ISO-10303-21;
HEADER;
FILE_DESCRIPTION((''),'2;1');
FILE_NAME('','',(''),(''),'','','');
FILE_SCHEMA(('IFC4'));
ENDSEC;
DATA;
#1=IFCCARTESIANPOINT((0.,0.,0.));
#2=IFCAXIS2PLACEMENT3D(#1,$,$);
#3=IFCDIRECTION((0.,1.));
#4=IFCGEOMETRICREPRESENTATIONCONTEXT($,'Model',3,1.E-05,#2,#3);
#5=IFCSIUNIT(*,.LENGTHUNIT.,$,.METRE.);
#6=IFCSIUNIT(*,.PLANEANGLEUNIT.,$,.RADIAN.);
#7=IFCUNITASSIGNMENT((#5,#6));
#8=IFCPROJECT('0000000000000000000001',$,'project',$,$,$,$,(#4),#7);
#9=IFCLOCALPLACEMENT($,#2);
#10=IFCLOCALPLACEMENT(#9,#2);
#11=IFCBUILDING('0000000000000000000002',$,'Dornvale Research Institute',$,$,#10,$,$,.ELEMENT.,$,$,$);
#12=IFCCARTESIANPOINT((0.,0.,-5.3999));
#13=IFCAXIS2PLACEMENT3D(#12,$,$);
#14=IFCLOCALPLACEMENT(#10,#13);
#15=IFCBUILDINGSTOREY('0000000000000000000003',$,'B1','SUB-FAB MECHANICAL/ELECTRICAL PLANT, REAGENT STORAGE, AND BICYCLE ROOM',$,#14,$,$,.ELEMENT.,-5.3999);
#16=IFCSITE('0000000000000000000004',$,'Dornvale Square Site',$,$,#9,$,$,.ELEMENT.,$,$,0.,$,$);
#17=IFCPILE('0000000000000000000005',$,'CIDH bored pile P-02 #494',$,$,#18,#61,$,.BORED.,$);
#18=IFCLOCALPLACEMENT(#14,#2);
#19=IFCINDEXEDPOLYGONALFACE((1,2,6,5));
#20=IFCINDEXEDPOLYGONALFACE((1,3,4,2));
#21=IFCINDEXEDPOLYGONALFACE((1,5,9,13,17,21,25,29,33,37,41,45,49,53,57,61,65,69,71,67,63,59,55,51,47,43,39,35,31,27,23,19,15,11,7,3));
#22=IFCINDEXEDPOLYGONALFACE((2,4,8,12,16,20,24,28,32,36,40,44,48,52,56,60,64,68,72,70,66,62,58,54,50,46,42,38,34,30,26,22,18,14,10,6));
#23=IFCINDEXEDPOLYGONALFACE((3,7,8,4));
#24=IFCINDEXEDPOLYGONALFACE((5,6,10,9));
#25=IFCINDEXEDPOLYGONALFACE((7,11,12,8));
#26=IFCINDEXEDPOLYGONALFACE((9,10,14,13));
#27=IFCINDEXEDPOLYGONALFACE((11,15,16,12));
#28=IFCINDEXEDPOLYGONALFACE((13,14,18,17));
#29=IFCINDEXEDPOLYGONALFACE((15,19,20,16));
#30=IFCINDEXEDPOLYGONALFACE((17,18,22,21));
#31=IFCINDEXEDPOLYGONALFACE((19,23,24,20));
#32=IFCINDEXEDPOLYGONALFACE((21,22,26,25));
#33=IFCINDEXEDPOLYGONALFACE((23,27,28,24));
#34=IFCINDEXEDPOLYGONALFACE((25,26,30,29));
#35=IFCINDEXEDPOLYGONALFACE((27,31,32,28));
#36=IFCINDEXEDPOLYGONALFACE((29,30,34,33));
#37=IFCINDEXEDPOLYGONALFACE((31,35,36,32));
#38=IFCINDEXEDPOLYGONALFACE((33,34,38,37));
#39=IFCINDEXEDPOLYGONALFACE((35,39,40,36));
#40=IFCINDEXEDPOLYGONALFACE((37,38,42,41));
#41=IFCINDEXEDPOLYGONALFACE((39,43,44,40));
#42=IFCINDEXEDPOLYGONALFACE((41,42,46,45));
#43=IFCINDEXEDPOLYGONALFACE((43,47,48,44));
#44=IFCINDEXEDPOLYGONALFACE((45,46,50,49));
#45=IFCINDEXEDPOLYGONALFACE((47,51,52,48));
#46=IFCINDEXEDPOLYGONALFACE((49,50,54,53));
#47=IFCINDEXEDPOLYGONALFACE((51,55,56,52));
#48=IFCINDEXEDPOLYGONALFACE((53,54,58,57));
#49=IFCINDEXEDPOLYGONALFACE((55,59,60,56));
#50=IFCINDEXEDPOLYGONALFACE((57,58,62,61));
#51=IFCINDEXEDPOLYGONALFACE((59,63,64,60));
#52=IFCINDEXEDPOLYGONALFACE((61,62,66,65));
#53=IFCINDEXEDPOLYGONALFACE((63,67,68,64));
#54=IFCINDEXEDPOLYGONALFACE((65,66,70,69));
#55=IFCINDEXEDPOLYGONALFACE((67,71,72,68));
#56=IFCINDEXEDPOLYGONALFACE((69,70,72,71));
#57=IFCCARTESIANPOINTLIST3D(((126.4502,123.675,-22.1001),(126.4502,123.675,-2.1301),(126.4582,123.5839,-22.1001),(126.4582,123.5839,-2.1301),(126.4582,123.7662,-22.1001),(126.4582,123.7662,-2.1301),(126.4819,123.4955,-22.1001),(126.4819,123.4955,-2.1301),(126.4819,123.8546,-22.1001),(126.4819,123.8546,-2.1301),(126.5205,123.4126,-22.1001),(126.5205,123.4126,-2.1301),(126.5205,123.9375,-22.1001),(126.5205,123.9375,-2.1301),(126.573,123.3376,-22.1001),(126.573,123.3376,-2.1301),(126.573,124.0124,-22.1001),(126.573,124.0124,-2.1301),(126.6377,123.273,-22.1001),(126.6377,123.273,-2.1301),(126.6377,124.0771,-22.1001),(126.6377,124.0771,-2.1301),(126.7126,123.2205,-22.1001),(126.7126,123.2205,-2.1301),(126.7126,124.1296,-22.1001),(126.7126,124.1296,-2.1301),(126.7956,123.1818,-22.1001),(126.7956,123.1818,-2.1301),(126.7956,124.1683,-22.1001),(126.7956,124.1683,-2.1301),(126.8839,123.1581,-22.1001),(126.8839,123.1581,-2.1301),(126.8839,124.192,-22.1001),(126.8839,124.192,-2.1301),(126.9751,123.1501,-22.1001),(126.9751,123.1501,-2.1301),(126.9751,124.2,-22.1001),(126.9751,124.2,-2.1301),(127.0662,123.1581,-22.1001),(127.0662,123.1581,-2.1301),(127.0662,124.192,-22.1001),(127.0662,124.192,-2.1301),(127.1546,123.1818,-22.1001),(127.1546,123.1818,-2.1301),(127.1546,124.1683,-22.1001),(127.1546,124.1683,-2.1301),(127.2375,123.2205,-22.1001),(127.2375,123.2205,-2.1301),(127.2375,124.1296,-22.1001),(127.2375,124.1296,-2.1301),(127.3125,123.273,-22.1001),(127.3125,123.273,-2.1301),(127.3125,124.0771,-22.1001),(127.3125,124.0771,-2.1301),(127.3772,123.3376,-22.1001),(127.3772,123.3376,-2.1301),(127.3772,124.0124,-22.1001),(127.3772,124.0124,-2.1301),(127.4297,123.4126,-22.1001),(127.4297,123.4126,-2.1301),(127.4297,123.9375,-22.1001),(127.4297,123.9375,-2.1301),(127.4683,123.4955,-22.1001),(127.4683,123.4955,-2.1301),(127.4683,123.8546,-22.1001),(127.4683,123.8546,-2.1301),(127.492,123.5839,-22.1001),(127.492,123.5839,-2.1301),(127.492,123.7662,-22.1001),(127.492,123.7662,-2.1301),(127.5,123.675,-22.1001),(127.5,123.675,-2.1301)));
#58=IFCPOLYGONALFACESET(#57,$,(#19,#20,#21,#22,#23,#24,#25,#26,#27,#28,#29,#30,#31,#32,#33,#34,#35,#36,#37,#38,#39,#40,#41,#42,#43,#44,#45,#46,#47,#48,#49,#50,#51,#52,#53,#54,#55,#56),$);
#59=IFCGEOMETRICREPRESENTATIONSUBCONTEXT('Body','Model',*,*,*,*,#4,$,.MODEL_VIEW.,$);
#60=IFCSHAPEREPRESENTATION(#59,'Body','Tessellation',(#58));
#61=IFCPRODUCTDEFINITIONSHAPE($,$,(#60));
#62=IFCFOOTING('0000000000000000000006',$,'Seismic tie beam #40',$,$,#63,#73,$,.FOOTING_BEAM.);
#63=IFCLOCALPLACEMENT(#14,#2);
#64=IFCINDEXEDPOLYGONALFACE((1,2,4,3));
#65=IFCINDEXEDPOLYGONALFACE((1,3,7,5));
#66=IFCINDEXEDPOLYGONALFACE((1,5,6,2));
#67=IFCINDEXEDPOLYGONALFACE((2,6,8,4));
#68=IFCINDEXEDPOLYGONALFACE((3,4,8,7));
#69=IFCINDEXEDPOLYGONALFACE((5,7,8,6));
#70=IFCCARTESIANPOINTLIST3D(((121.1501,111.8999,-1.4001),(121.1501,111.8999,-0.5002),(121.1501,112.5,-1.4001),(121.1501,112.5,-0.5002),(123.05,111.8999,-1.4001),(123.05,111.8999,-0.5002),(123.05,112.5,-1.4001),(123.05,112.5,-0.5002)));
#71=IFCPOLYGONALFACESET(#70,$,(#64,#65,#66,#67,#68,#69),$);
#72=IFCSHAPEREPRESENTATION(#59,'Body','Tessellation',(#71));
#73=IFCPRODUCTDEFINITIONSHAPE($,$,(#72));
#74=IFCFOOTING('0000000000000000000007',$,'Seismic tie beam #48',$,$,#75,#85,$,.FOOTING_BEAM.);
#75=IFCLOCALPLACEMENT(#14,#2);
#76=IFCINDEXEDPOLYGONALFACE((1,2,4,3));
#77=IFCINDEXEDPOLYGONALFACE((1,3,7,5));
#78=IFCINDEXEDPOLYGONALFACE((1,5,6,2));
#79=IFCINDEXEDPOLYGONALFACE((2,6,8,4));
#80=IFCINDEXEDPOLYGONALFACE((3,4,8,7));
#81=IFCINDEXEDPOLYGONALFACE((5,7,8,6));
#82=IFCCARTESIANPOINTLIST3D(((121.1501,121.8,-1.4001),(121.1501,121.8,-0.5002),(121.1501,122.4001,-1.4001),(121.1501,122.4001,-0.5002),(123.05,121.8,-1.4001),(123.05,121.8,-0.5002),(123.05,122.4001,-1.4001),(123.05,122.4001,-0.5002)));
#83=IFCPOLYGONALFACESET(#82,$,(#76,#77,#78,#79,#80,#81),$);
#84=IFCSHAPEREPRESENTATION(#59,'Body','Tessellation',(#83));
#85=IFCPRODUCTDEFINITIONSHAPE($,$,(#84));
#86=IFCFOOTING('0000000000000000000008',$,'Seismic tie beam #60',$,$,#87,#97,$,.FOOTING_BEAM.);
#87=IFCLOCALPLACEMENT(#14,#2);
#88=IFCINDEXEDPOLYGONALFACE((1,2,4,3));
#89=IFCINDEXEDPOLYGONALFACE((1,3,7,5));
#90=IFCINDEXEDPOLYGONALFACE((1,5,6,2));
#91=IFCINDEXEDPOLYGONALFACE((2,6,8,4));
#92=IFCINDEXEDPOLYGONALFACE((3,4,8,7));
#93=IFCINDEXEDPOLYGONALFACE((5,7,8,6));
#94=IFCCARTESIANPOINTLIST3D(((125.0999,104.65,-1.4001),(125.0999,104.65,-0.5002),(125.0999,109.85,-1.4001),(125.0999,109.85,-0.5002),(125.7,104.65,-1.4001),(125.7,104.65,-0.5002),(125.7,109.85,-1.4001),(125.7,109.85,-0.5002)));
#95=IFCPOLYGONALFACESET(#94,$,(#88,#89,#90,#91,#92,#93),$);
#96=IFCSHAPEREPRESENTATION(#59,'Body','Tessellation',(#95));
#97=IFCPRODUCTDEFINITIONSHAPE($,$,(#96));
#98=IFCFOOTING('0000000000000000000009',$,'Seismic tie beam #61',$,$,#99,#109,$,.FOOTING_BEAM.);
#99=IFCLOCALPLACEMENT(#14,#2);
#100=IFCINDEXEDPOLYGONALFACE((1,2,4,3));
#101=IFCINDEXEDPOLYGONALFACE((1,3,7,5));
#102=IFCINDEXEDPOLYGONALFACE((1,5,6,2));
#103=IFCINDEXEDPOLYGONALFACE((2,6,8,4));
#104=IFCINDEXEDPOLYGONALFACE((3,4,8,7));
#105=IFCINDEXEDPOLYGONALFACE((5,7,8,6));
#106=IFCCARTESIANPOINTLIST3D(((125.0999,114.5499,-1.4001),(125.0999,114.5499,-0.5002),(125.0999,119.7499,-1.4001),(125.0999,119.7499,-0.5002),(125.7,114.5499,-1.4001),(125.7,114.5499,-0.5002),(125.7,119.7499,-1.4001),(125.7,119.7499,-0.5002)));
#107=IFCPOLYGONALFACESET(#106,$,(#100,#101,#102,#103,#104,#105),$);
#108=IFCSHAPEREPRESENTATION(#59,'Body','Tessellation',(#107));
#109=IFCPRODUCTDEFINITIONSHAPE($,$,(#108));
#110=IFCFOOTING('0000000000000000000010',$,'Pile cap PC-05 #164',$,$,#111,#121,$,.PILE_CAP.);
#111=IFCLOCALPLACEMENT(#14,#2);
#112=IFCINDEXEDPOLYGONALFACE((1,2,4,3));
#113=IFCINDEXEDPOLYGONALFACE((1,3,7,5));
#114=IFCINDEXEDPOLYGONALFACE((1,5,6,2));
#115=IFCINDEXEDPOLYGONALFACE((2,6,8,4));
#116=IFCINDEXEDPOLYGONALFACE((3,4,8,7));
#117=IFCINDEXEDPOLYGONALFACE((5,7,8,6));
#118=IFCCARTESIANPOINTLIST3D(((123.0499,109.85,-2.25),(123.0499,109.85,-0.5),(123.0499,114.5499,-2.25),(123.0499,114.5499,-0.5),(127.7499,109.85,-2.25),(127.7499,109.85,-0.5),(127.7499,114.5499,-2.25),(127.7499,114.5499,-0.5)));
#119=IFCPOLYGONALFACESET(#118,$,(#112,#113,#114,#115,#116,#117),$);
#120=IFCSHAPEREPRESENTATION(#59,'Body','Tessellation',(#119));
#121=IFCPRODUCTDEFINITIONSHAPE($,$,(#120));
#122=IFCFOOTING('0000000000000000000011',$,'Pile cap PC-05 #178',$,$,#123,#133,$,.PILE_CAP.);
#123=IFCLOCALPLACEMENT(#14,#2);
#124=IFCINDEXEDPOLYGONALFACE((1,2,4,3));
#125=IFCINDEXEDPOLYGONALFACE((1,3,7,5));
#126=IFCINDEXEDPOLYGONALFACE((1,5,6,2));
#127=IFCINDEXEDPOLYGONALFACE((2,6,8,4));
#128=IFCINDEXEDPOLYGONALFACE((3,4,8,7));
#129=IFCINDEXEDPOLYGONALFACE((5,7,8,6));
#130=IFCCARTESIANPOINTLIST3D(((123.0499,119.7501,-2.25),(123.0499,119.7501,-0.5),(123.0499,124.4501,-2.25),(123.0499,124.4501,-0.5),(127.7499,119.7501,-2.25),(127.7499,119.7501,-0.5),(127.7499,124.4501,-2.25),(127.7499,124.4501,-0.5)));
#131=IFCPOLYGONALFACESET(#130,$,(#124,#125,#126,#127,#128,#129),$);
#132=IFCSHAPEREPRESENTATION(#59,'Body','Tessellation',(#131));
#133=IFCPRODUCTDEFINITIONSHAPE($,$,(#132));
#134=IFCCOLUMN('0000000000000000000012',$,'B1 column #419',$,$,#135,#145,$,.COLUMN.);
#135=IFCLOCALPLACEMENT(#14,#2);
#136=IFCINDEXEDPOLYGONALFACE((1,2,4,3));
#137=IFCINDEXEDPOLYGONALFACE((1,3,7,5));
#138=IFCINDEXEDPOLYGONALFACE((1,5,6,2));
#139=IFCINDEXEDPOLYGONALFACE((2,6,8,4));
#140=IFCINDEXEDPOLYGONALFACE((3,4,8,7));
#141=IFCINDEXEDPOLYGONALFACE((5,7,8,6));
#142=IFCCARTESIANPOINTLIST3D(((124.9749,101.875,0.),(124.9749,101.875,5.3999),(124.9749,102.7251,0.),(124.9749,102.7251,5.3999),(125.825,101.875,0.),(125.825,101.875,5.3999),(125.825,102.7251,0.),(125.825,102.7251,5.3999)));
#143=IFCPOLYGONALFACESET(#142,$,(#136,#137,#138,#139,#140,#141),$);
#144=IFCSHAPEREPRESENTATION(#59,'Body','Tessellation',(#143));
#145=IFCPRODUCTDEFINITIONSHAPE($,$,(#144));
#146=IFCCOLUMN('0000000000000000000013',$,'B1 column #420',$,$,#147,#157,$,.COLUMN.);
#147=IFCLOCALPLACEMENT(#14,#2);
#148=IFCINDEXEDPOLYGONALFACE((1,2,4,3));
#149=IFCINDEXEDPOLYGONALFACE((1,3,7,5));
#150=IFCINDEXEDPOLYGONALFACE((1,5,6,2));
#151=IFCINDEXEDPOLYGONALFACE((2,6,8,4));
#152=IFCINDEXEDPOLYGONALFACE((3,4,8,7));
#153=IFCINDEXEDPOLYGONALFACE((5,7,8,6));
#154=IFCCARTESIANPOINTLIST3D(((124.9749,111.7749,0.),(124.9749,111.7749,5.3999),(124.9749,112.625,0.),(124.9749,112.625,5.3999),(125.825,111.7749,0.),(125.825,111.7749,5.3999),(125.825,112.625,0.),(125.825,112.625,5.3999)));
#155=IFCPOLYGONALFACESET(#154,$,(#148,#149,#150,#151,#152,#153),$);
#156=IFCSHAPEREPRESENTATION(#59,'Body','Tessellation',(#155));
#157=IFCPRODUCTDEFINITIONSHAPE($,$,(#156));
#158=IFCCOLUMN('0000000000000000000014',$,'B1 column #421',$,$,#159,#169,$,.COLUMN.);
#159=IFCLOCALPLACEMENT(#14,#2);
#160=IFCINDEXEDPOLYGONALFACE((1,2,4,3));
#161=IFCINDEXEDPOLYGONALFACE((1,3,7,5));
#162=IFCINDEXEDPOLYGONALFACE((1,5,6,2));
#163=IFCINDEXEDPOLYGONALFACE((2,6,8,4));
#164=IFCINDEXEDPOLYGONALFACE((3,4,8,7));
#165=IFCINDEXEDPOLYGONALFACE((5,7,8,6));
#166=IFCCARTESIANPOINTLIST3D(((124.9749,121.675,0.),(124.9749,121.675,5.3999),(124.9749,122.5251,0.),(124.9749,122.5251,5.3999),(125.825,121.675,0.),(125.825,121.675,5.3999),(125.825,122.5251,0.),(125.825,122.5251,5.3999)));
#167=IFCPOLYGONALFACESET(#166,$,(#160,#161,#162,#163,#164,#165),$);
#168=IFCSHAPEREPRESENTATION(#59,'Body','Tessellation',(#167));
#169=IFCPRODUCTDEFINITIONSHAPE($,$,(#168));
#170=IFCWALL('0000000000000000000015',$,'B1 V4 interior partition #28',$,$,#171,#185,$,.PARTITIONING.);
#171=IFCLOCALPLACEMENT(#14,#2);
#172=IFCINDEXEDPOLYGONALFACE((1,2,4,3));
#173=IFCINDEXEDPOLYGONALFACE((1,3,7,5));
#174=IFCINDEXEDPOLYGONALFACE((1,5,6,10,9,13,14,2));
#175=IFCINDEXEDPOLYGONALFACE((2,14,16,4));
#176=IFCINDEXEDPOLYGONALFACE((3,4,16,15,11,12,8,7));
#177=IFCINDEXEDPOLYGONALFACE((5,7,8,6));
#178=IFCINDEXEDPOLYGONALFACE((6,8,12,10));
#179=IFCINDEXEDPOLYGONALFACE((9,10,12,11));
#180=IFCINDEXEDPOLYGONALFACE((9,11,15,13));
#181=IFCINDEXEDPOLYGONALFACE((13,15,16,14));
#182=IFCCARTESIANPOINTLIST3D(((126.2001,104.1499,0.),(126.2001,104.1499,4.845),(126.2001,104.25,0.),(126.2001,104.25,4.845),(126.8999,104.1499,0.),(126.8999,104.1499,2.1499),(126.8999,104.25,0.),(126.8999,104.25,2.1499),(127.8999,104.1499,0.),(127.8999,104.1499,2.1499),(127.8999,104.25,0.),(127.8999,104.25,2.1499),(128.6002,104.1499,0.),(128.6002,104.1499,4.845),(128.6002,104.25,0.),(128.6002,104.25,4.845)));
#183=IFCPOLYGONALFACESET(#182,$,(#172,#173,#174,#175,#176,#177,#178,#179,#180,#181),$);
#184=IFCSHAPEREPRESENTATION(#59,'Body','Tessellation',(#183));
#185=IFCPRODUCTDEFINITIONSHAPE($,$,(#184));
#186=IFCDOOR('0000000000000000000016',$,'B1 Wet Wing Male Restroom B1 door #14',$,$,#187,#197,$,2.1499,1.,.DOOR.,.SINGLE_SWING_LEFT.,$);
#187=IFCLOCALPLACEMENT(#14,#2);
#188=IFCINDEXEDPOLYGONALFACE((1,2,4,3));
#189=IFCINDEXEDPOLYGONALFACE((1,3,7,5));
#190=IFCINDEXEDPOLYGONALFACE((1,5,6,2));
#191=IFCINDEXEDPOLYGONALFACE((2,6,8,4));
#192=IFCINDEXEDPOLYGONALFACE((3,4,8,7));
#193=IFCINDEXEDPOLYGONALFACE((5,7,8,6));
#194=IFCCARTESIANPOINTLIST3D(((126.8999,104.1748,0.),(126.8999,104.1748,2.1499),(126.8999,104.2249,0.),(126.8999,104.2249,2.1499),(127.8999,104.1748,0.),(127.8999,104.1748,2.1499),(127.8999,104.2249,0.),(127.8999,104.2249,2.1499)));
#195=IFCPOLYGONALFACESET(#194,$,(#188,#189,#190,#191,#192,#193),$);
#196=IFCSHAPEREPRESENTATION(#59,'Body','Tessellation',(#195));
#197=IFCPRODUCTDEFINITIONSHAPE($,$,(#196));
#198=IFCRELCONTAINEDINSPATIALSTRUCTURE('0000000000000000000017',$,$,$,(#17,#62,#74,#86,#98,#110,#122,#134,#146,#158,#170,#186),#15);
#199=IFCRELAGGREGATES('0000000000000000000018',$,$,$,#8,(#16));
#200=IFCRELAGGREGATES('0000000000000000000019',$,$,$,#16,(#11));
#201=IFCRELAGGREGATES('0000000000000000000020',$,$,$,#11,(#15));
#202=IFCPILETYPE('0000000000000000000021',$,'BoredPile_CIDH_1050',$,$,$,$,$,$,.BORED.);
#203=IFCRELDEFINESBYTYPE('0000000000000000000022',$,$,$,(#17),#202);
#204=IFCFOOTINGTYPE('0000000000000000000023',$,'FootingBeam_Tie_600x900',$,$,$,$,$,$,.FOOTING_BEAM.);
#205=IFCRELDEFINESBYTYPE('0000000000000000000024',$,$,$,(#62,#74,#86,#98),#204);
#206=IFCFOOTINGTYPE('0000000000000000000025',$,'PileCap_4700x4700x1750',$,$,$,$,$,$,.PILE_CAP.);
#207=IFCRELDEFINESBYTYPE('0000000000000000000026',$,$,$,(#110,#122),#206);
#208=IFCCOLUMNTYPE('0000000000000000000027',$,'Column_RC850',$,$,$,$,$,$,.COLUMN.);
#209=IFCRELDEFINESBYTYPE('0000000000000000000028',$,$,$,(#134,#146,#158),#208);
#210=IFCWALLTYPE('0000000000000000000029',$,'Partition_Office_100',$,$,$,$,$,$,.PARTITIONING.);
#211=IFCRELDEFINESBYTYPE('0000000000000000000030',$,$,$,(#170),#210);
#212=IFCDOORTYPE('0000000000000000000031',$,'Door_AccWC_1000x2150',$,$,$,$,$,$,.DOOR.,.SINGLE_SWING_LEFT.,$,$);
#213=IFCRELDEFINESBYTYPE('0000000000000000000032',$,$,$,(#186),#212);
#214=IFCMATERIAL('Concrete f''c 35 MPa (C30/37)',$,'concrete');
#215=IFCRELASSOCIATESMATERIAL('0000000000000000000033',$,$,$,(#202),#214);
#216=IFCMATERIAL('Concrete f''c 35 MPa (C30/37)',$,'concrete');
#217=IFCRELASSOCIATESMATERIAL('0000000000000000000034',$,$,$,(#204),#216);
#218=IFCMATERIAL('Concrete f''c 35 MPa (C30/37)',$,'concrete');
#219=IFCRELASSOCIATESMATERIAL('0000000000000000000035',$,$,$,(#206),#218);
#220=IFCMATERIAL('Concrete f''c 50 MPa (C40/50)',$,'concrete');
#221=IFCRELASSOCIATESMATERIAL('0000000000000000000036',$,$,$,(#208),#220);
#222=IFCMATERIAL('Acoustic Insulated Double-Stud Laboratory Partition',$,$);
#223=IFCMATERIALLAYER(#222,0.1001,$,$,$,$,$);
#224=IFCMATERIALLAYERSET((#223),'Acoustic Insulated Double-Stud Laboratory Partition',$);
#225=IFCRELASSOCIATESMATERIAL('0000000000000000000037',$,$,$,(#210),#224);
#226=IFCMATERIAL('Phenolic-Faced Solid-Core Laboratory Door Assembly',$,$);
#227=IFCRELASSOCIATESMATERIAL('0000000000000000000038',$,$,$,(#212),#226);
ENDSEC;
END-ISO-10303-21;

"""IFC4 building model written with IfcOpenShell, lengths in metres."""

from ifc_helpers import new_model, si_unit, direction, frame, frame_2d, origin, origin_2d, place, context, subcontext, project, spatial, rectangle, circle, extrude, material, layer, layer_set, material_profile, profile_set, type_object, element, fill, save


model = new_model("IFC4")

# Units and contexts
model_context = context("Model", 3, precision=1e-05, world=origin(), true_north=direction((0.0, 1.0)))
body_context = subcontext(model_context, "Body", "Model", "MODEL_VIEW")
ifc_project = project(units=[si_unit("LENGTHUNIT", "METRE"), si_unit("PLANEANGLEUNIT", "RADIAN")], contexts=[model_context])

# Site, building, storey
site_placement = place(None, origin())
site = spatial("IfcSite", under=ifc_project, at=site_placement, Name="Dornvale Square Site", CompositionType="ELEMENT", RefElevation=0.0)
building_placement = place(site_placement, origin())
building = spatial("IfcBuilding", under=site, at=building_placement, Name="Dornvale Research Institute", CompositionType="ELEMENT")
storey_placement = place(building_placement, frame((0.0, 0.0, -5.3999)))
storey = spatial("IfcBuildingStorey", under=building, at=storey_placement, Name="B1", Description="SUB-FAB MECHANICAL/ELECTRICAL PLANT, REAGENT STORAGE, AND BICYCLE ROOM", CompositionType="ELEMENT", Elevation=-5.3999)

# Pile
ifc_material_1 = material(Name="Concrete f'c 35 MPa (C30/37)", Category="concrete")
ifc_material_profile_1 = material_profile(ifc_material_1, circle(Radius=0.5249, at=origin_2d()), Name="CIDH PILE D1050")
ifc_profile_set_1 = profile_set([ifc_material_profile_1], Name="Concrete f'c 35 MPa (C30/37)")
pile_type = type_object("IfcPileType", Name="BoredPile_CIDH_1050", PredefinedType="BORED", material=ifc_profile_set_1)
for number, where, z_axis, x_axis, name in (
    (1, (126.9751, 123.675, -2.1301), (0.0, 0.0, -1.0), (1.0, 0.0, 0.0), "CIDH bored pile P-02 #494"),
):
    element("IfcPile", number, at=place(storey_placement, frame(where, z_axis=z_axis, x_axis=x_axis)), inside=storey, type_object=pile_type, Name=name, PredefinedType="BORED", context=body_context, shape_type="SweptSolid", body=[
        extrude(circle(Radius=0.5249, at=origin_2d()), origin(), (0.0, 0.0, 1.0), 19.97),
    ])

# Footings
ifc_material_2 = material(Name="Concrete f'c 35 MPa (C30/37)", Category="concrete")
footing_type_1 = type_object("IfcFootingType", Name="FootingBeam_Tie_600x900", PredefinedType="FOOTING_BEAM", material=ifc_material_2)
for number, where, z_axis, x_axis, name in (
    (2, (122.1001, 112.2, -1.4001), (0.0, 0.0, 1.0), (1.0, 0.0, 0.0), "Seismic tie beam #40"),
    (3, (122.1001, 122.1001, -1.4001), (0.0, 0.0, 1.0), (1.0, 0.0, 0.0), "Seismic tie beam #48"),
):
    element("IfcFooting", number, at=place(storey_placement, frame(where, z_axis=z_axis, x_axis=x_axis)), inside=storey, type_object=footing_type_1, Name=name, PredefinedType="FOOTING_BEAM", context=body_context, shape_type="SweptSolid", body=[
        extrude(rectangle(XDim=1.8999, YDim=0.6001, at=origin_2d()), origin(), (0.0, 0.0, 1.0), 0.8999),
    ])
for number, where, z_axis, x_axis, name in (
    (4, (125.3999, 107.25, -1.4001), (0.0, 0.0, 1.0), (0.0, 1.0, 0.0), "Seismic tie beam #60"),
    (5, (125.3999, 117.1499, -1.4001), (0.0, 0.0, 1.0), (0.0, 1.0, 0.0), "Seismic tie beam #61"),
):
    element("IfcFooting", number, at=place(storey_placement, frame(where, z_axis=z_axis, x_axis=x_axis)), inside=storey, type_object=footing_type_1, Name=name, PredefinedType="FOOTING_BEAM", context=body_context, shape_type="SweptSolid", body=[
        extrude(rectangle(XDim=5.2, YDim=0.6001, at=origin_2d()), origin(), (0.0, 0.0, 1.0), 0.8999),
    ])
ifc_material_3 = material(Name="Concrete f'c 35 MPa (C30/37)", Category="concrete")
footing_type_2 = type_object("IfcFootingType", Name="PileCap_4700x4700x1750", PredefinedType="PILE_CAP", material=ifc_material_3)
for number, where, z_axis, x_axis, name in (
    (6, (125.3999, 112.2, -2.25), (0.0, 0.0, 1.0), (1.0, 0.0, 0.0), "Pile cap PC-05 #164"),
    (7, (125.3999, 122.1001, -2.25), (0.0, 0.0, 1.0), (1.0, 0.0, 0.0), "Pile cap PC-05 #178"),
):
    element("IfcFooting", number, at=place(storey_placement, frame(where, z_axis=z_axis, x_axis=x_axis)), inside=storey, type_object=footing_type_2, Name=name, PredefinedType="PILE_CAP", context=body_context, shape_type="SweptSolid", body=[
        extrude(rectangle(XDim=4.7, YDim=4.7, at=origin_2d()), origin(), (0.0, 0.0, 1.0), 1.75),
    ])

# Columns
ifc_material_4 = material(Name="Concrete f'c 50 MPa (C40/50)", Category="concrete")
ifc_material_profile_2 = material_profile(ifc_material_4, rectangle(XDim=0.8501, YDim=0.8501, at=origin_2d()), Name="RC 850x850")
ifc_profile_set_2 = profile_set([ifc_material_profile_2], Name="Concrete f'c 50 MPa (C40/50)")
column_type = type_object("IfcColumnType", Name="Column_RC850", PredefinedType="COLUMN", material=ifc_profile_set_2)
for number, where, z_axis, x_axis, name in (
    (8, (125.3999, 102.3, 0.0), (0.0, 0.0, 1.0), (1.0, 0.0, 0.0), "B1 column #419"),
    (9, (125.3999, 112.2, 0.0), (0.0, 0.0, 1.0), (1.0, 0.0, 0.0), "B1 column #420"),
    (10, (125.3999, 122.1001, 0.0), (0.0, 0.0, 1.0), (1.0, 0.0, 0.0), "B1 column #421"),
):
    element("IfcColumn", number, at=place(storey_placement, frame(where, z_axis=z_axis, x_axis=x_axis)), inside=storey, type_object=column_type, Name=name, PredefinedType="COLUMN", context=body_context, shape_type="SweptSolid", body=[
        extrude(rectangle(XDim=0.8501, YDim=0.8501, at=origin_2d()), origin(), (0.0, 0.0, 1.0), 5.3999),
    ])

# Wall, opening, door
ifc_material_5 = material(Name="Acoustic Insulated Double-Stud Laboratory Partition")
ifc_layer = layer(ifc_material_5, 0.1001)
ifc_layer_set = layer_set([ifc_layer], Name="Acoustic Insulated Double-Stud Laboratory Partition")
wall_type = type_object("IfcWallType", Name="Partition_Office_100", PredefinedType="PARTITIONING", material=ifc_layer_set)
wall_1_placement = place(storey_placement, frame((126.2, 104.2, 0.0), z_axis=(0.0, 0.0, 1.0), x_axis=(1.0, 0.0, 0.0)))
wall_1 = element("IfcWall", 11, at=wall_1_placement, inside=storey, type_object=wall_type, Name="B1 V4 interior partition #28", PredefinedType="PARTITIONING", context=body_context, shape_type="SweptSolid", body=[
    extrude(rectangle(XDim=2.4001, YDim=0.1001, at=frame_2d((1.2002, 0.0))), origin(), (0.0, 0.0, 1.0), 4.845),
])
opening_1_placement = place(wall_1_placement, frame((0.7, 0.0, 0.0)))
opening_1 = element("IfcOpeningElement", 12, at=opening_1_placement, cuts=wall_1, PredefinedType="OPENING", context=body_context, shape_type="SweptSolid", body=[
    extrude(rectangle(XDim=1.0, YDim=2.1499, at=frame_2d((0.5, 1.075))), frame((0.0, 0.0649, 0.0), z_axis=(0.0, -1.0, 0.0), x_axis=(1.0, 0.0, 0.0)), (0.0, 0.0, 1.0), 0.1301),
])
ifc_material_6 = material(Name="Phenolic-Faced Solid-Core Laboratory Door Assembly")
door_type_1 = type_object("IfcDoorType", Name="Door_AccWC_1000x2150", OperationType="SINGLE_SWING_LEFT", PredefinedType="DOOR", material=ifc_material_6)
door_1_placement = place(opening_1_placement, origin())
door_1 = element("IfcDoor", 13, at=door_1_placement, inside=storey, type_object=door_type_1, Name="B1 Wet Wing Male Restroom B1 door #14", OperationType="SINGLE_SWING_LEFT", OverallHeight=2.1499, OverallWidth=1.0, PredefinedType="DOOR", context=body_context, shape_type="SweptSolid", body=[
    extrude(rectangle(XDim=1.0, YDim=2.1499, at=frame_2d((0.5, 1.075))), frame((0.0, 0.0249, 0.0), z_axis=(0.0, -1.0, 0.0), x_axis=(1.0, 0.0, 0.0)), (0.0, 0.0, 1.0), 0.05),
])
fill(opening_1, door_1)

save(model, "model.ifc")
